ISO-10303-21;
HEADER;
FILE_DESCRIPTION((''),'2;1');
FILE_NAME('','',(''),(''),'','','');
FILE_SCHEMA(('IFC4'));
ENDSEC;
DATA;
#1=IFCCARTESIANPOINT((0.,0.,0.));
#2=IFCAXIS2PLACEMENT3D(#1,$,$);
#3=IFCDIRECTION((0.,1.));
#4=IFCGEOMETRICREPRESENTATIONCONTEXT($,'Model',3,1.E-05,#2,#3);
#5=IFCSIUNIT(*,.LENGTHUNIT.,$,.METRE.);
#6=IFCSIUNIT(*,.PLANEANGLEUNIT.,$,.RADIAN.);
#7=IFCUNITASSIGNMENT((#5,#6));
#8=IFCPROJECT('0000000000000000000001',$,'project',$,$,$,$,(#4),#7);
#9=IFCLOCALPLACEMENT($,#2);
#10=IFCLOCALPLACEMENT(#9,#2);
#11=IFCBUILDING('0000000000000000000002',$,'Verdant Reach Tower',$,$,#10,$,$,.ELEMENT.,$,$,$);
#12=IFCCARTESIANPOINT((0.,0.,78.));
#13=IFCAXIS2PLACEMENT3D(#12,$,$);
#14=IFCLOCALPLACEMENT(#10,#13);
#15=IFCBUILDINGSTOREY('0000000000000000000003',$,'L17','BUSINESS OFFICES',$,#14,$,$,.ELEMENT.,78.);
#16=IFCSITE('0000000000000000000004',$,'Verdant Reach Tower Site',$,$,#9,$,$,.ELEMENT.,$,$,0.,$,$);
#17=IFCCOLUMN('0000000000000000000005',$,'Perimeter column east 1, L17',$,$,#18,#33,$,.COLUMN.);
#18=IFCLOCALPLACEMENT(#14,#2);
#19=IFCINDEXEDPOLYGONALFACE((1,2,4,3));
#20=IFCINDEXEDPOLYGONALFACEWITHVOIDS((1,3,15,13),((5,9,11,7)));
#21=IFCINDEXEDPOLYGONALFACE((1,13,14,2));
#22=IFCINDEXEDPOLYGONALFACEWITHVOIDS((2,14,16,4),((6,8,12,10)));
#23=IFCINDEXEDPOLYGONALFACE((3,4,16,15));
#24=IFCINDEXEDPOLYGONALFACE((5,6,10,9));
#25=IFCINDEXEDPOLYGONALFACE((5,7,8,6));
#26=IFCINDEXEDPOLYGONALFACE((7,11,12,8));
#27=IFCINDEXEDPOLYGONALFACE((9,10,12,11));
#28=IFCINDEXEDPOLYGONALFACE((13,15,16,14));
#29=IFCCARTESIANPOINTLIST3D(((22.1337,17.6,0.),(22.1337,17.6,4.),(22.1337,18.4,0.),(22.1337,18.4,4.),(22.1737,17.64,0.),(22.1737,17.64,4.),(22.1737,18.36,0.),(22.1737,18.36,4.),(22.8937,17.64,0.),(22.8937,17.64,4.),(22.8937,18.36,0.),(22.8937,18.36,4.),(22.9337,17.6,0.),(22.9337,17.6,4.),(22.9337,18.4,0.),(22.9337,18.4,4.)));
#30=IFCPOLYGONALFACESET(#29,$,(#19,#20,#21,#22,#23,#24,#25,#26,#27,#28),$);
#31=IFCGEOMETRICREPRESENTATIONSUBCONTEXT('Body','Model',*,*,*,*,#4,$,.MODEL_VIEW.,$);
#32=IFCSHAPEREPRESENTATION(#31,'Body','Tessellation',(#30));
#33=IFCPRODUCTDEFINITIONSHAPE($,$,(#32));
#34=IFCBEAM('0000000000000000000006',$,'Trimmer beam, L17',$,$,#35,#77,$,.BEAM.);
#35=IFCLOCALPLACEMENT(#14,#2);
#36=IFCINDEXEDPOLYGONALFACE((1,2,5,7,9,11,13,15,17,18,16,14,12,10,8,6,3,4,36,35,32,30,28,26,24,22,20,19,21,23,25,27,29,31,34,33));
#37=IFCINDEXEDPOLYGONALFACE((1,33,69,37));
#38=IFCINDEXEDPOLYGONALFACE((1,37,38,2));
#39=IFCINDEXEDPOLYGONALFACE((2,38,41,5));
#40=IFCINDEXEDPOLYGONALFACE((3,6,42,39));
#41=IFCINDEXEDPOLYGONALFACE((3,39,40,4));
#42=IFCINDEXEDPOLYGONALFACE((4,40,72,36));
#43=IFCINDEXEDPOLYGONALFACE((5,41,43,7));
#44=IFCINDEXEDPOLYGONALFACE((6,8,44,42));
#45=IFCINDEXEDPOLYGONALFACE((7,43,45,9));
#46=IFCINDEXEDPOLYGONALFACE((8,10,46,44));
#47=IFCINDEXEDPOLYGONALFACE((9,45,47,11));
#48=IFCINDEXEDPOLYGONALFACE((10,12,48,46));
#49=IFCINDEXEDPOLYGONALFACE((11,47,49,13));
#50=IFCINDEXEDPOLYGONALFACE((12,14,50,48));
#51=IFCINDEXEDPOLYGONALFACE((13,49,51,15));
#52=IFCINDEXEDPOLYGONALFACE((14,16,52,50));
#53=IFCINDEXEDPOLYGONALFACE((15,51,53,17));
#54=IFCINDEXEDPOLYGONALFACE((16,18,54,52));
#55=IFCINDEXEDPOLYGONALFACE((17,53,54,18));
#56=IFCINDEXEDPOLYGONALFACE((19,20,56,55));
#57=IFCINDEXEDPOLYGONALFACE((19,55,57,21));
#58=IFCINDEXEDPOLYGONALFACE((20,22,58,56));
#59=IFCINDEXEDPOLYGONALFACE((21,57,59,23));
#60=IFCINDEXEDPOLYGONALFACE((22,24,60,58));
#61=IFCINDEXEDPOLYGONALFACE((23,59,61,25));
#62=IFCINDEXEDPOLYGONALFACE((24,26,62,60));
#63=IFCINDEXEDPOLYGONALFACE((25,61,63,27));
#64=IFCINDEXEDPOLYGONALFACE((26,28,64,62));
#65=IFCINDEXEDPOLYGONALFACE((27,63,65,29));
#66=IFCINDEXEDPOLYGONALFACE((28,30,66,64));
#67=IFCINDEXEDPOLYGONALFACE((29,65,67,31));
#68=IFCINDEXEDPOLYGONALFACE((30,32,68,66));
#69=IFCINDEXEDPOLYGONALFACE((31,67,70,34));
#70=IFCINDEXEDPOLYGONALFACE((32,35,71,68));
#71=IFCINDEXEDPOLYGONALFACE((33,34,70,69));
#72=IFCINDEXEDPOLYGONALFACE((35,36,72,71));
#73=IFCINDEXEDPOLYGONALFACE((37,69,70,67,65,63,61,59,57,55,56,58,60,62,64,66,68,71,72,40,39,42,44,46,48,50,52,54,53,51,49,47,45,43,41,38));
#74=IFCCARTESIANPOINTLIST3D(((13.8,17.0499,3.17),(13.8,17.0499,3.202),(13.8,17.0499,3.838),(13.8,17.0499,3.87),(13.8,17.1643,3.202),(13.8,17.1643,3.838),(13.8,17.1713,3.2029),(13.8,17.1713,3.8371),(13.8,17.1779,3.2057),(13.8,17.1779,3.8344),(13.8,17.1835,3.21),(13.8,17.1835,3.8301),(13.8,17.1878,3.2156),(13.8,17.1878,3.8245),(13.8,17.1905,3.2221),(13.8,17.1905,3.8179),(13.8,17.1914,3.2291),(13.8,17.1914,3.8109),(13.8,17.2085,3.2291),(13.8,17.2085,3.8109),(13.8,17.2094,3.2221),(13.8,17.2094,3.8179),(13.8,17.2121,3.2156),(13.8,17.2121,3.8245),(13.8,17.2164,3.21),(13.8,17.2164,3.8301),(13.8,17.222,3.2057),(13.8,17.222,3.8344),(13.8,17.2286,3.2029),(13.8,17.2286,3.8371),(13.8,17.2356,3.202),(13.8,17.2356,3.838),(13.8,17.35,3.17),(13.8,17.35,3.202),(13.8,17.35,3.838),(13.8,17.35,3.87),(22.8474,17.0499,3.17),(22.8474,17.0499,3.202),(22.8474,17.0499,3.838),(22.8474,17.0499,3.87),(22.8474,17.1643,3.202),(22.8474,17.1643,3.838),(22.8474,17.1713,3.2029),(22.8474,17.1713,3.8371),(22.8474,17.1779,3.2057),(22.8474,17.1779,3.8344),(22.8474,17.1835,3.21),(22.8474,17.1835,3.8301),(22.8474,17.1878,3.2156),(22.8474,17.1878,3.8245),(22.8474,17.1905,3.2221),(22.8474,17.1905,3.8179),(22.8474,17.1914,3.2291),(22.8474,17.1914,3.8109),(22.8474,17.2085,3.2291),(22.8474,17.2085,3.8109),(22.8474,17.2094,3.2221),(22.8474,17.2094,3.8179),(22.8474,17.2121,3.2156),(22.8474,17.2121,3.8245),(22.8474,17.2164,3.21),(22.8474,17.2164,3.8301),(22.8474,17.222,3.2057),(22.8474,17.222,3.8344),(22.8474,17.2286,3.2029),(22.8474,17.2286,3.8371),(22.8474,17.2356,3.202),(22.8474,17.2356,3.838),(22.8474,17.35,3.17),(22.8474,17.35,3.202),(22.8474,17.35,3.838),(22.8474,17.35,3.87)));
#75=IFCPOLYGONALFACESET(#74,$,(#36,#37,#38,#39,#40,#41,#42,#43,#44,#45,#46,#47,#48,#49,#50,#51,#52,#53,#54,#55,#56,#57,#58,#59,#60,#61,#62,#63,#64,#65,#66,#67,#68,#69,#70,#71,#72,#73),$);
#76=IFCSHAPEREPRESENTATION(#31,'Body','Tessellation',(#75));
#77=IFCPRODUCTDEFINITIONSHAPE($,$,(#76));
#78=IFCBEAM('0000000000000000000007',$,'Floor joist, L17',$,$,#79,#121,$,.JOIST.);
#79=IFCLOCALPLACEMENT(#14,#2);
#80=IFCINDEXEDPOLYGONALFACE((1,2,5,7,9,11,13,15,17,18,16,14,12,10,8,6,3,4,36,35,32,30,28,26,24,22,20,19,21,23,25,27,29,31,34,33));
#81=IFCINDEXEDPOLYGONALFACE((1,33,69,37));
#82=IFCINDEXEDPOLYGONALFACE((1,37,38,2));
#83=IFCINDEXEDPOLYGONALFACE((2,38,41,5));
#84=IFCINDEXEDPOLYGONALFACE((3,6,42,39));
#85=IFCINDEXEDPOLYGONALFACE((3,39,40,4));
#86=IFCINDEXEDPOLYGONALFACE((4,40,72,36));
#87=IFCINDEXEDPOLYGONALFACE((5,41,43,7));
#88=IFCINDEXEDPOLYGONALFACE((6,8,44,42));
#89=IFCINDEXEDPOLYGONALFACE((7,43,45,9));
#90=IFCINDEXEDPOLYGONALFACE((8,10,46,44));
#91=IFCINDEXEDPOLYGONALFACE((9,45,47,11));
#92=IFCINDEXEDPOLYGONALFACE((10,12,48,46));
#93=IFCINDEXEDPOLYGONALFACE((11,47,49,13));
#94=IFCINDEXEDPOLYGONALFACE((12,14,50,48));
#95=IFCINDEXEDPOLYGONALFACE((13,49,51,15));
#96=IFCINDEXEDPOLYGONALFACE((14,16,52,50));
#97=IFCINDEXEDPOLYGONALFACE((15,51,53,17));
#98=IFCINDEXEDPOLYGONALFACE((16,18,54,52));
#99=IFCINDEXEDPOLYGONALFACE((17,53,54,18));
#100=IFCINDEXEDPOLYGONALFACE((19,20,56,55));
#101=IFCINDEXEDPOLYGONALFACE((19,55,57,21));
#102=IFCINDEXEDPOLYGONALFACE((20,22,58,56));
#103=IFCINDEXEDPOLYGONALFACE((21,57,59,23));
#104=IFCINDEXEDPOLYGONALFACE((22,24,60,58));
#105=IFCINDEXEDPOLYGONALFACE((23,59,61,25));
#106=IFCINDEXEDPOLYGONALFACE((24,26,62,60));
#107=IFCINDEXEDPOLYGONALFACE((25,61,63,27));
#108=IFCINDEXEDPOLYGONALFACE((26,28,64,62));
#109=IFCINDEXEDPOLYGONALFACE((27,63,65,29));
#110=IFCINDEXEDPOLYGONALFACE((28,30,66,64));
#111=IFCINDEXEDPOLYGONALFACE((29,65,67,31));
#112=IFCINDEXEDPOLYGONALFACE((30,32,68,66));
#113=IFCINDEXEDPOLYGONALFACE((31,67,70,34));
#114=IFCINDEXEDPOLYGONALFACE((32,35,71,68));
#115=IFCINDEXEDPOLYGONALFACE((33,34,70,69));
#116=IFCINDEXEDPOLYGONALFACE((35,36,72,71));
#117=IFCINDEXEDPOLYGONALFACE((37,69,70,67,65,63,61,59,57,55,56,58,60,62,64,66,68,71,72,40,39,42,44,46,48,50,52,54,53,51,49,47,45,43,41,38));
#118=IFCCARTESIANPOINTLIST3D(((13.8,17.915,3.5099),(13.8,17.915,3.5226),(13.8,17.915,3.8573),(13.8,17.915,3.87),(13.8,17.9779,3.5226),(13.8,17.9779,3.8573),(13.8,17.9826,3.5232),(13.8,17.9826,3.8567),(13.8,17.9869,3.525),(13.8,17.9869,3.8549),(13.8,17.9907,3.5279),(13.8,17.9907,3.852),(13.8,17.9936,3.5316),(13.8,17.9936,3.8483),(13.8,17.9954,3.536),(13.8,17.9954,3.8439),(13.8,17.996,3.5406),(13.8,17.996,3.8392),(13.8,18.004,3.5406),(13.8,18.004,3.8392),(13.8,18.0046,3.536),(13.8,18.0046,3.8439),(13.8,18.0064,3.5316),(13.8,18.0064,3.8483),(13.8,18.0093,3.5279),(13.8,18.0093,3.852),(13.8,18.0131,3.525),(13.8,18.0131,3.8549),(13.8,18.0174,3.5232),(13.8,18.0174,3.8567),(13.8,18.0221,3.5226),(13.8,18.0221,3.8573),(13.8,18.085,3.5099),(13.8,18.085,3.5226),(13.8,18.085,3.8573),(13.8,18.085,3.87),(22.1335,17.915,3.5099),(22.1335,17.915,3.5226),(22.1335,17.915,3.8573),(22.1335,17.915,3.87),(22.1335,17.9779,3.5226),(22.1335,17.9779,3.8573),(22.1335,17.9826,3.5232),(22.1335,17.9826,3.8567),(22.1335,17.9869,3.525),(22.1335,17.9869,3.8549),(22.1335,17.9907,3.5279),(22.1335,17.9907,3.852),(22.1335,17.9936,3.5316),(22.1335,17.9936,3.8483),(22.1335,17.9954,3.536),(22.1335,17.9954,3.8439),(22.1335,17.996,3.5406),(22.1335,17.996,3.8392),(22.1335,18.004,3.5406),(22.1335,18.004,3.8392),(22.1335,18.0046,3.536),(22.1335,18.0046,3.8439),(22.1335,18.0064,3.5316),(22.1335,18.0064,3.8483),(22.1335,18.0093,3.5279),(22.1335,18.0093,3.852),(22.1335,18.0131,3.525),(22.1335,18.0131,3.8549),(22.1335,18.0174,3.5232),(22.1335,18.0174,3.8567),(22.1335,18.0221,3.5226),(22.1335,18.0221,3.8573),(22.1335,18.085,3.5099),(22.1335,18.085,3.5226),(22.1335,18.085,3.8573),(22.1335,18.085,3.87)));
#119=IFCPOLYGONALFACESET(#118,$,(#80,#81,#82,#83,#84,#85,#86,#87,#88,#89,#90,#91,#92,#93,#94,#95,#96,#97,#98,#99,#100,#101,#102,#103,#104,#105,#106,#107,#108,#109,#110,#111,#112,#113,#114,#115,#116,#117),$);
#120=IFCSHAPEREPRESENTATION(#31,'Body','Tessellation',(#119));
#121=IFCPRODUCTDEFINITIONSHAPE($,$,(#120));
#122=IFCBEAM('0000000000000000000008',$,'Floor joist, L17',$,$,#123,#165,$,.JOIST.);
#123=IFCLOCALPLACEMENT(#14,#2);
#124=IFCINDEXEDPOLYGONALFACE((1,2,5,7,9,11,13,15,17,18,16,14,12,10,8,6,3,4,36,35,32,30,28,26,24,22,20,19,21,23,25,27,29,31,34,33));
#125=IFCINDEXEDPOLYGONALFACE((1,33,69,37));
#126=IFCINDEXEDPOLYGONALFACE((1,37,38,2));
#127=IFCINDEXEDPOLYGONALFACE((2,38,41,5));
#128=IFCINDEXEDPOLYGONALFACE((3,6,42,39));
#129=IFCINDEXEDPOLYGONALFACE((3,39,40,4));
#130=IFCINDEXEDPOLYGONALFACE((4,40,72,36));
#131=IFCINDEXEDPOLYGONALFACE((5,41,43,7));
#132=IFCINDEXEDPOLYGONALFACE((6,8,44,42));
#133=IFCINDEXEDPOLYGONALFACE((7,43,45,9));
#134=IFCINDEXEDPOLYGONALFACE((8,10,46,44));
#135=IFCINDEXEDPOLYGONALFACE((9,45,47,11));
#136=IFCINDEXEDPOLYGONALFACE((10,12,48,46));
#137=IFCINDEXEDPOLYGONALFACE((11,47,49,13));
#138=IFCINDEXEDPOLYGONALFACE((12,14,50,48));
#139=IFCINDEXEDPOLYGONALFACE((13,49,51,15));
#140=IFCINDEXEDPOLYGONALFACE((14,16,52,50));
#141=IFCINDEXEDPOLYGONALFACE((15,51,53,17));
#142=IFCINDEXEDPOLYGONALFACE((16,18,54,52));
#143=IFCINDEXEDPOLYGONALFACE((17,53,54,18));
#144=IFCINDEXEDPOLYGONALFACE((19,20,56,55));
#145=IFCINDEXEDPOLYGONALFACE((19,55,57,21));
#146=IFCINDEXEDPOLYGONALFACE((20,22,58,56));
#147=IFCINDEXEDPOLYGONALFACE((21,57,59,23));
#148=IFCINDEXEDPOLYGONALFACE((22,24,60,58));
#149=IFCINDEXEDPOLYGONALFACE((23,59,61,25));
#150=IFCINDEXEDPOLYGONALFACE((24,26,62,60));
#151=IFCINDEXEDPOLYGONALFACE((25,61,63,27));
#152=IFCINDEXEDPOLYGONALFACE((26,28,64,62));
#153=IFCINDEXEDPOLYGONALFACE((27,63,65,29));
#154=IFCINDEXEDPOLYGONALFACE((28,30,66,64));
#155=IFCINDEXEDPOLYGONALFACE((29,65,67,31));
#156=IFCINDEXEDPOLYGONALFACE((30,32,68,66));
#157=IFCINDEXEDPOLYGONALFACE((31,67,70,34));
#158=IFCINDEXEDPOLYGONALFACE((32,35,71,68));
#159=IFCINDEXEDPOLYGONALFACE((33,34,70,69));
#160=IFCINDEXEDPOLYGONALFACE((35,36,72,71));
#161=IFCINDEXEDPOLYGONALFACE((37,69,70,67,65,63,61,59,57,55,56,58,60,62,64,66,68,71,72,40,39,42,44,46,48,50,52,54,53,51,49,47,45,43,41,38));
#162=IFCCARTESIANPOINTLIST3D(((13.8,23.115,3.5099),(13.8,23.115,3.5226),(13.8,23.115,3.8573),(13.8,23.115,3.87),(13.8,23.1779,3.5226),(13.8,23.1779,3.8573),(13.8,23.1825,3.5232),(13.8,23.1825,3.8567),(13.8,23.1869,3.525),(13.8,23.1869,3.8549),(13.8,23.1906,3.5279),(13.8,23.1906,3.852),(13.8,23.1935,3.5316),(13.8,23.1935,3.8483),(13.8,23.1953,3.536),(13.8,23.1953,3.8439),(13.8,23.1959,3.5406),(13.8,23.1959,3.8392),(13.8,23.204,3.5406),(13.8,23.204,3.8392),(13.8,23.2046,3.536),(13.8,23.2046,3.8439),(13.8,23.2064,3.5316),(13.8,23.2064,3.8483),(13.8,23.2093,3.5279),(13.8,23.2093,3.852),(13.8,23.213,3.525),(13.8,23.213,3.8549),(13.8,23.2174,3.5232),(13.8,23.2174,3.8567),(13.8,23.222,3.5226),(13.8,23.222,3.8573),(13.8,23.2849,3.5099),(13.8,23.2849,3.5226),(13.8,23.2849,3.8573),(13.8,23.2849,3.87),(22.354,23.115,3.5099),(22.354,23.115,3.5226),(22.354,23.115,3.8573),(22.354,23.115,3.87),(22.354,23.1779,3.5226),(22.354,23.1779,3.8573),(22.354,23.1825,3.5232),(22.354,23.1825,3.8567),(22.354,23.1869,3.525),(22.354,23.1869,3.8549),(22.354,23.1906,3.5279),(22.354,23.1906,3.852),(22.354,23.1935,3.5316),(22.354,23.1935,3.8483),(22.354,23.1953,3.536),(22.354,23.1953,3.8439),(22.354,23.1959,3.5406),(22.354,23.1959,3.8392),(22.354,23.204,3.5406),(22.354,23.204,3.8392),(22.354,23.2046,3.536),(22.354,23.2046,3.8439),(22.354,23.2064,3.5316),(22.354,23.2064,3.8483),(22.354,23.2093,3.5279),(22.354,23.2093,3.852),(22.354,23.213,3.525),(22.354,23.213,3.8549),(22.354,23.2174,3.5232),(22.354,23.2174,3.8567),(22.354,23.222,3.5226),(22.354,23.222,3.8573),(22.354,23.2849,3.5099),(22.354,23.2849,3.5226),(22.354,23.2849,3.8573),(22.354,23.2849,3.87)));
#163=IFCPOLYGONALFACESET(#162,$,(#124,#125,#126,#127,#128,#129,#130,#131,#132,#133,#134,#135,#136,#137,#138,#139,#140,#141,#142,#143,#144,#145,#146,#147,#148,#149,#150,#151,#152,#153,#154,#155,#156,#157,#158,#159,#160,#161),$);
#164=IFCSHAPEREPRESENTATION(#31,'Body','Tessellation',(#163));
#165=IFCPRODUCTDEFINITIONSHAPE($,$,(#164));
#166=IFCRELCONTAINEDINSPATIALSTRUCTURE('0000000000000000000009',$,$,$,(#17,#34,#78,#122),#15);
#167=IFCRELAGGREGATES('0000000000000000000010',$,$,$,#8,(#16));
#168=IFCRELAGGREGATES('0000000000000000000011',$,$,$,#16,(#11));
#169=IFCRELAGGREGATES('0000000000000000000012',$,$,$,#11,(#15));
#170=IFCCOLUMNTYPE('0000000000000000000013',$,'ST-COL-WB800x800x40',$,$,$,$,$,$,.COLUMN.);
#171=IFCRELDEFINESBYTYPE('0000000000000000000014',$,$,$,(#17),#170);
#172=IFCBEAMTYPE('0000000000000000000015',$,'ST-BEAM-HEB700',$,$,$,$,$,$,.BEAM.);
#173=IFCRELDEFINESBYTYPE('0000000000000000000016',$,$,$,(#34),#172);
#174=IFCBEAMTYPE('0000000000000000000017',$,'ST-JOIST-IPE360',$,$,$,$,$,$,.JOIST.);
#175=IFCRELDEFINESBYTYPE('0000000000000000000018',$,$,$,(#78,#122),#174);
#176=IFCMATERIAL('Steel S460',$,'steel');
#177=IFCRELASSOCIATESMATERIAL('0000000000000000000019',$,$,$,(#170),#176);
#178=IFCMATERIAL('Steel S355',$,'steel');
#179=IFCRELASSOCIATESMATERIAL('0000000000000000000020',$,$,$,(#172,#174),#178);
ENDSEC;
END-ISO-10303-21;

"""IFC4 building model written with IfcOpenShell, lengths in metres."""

from ifc_helpers import new_model, si_unit, direction, frame, origin, origin_2d, place, context, subcontext, project, spatial, hollow_rectangle, i_section, extrude, material, material_profile, profile_set, type_object, element, save


model = new_model("IFC4")

# Units and contexts
model_context = context("Model", 3, precision=1e-05, world=origin(), true_north=direction((0.0, 1.0)))
body_context = subcontext(model_context, "Body", "Model", "MODEL_VIEW")
ifc_project = project(units=[si_unit("LENGTHUNIT", "METRE"), si_unit("PLANEANGLEUNIT", "RADIAN")], contexts=[model_context])

# Site, building, storey
site_placement = place(None, origin())
site = spatial("IfcSite", under=ifc_project, at=site_placement, Name="Verdant Reach Tower Site", CompositionType="ELEMENT", RefElevation=0.0)
building_placement = place(site_placement, origin())
building = spatial("IfcBuilding", under=site, at=building_placement, Name="Verdant Reach Tower", CompositionType="ELEMENT")
storey_placement = place(building_placement, frame((0.0, 0.0, 78.0)))
storey = spatial("IfcBuildingStorey", under=building, at=storey_placement, Name="L17", Description="BUSINESS OFFICES", CompositionType="ELEMENT", Elevation=78.0)

# Column
ifc_material_1 = material(Name="Steel S460", Category="steel")
ifc_material_profile_1 = material_profile(ifc_material_1, hollow_rectangle(XDim=0.8, YDim=0.8, WallThickness=0.04, at=origin_2d()), Name="WB 800x800x40")
ifc_profile_set_1 = profile_set([ifc_material_profile_1], Name="Steel S460")
column_type = type_object("IfcColumnType", Name="ST-COL-WB800x800x40", PredefinedType="COLUMN", material=ifc_profile_set_1)
column_placement = place(storey_placement, frame((22.5337, 18.0, 0.0), z_axis=(0.0, 0.0, 1.0), x_axis=(1.0, 0.0, 0.0)))
element("IfcColumn", 1, at=column_placement, inside=storey, type_object=column_type, Name="Perimeter column east 1, L17", PredefinedType="COLUMN", context=body_context, shape_type="SweptSolid", body=[
    extrude(hollow_rectangle(XDim=0.8, YDim=0.8, WallThickness=0.04, at=origin_2d()), origin(), (0.0, 0.0, 1.0), 4.0),
])

# Beams
ifc_material_2 = material(Name="Steel S355", Category="steel")
ifc_material_profile_2 = material_profile(ifc_material_2, i_section(OverallWidth=0.3, OverallDepth=0.7, WebThickness=0.0171, FlangeThickness=0.032, FilletRadius=0.0271, at=origin_2d()), Name="HEB 700")
ifc_profile_set_2 = profile_set([ifc_material_profile_2], Name="Steel S355")
beam_type_1 = type_object("IfcBeamType", Name="ST-BEAM-HEB700", PredefinedType="BEAM", material=ifc_profile_set_2)
beam_1_placement = place(storey_placement, frame((13.8, 17.2, 3.52), z_axis=(1.0, 0.0, 0.0), x_axis=(0.0, 1.0, 0.0)))
element("IfcBeam", 2, at=beam_1_placement, inside=storey, type_object=beam_type_1, Name="Trimmer beam, L17", PredefinedType="BEAM", context=body_context, shape_type="SweptSolid", body=[
    extrude(i_section(OverallWidth=0.3, OverallDepth=0.7, WebThickness=0.0171, FlangeThickness=0.032, FilletRadius=0.0271, at=origin_2d()), origin(), (0.0, 0.0, 1.0), 9.0474),
])
ifc_material_profile_3 = material_profile(ifc_material_2, i_section(OverallWidth=0.1699, OverallDepth=0.3601, WebThickness=0.0081, FlangeThickness=0.0127, FilletRadius=0.0181, at=origin_2d()), Name="IPE 360")
ifc_profile_set_3 = profile_set([ifc_material_profile_3], Name="Steel S355")
beam_type_2 = type_object("IfcBeamType", Name="ST-JOIST-IPE360", PredefinedType="JOIST", material=ifc_profile_set_3)
beam_2_placement = place(storey_placement, frame((13.8, 18.0, 3.6899), z_axis=(1.0, 0.0, 0.0), x_axis=(0.0, 1.0, 0.0)))
element("IfcBeam", 3, at=beam_2_placement, inside=storey, type_object=beam_type_2, Name="Floor joist, L17", PredefinedType="JOIST", context=body_context, shape_type="SweptSolid", body=[
    extrude(i_section(OverallWidth=0.1699, OverallDepth=0.3601, WebThickness=0.0081, FlangeThickness=0.0127, FilletRadius=0.0181, at=origin_2d()), origin(), (0.0, 0.0, 1.0), 8.3335),
])
beam_3_placement = place(storey_placement, frame((13.8, 23.2, 3.6899), z_axis=(1.0, 0.0, 0.0), x_axis=(0.0, 1.0, 0.0)))
element("IfcBeam", 4, at=beam_3_placement, inside=storey, type_object=beam_type_2, Name="Floor joist, L17", PredefinedType="JOIST", context=body_context, shape_type="SweptSolid", body=[
    extrude(i_section(OverallWidth=0.1699, OverallDepth=0.3601, WebThickness=0.0081, FlangeThickness=0.0127, FilletRadius=0.0181, at=origin_2d()), origin(), (0.0, 0.0, 1.0), 8.554),
])

save(model, "model.ifc")
